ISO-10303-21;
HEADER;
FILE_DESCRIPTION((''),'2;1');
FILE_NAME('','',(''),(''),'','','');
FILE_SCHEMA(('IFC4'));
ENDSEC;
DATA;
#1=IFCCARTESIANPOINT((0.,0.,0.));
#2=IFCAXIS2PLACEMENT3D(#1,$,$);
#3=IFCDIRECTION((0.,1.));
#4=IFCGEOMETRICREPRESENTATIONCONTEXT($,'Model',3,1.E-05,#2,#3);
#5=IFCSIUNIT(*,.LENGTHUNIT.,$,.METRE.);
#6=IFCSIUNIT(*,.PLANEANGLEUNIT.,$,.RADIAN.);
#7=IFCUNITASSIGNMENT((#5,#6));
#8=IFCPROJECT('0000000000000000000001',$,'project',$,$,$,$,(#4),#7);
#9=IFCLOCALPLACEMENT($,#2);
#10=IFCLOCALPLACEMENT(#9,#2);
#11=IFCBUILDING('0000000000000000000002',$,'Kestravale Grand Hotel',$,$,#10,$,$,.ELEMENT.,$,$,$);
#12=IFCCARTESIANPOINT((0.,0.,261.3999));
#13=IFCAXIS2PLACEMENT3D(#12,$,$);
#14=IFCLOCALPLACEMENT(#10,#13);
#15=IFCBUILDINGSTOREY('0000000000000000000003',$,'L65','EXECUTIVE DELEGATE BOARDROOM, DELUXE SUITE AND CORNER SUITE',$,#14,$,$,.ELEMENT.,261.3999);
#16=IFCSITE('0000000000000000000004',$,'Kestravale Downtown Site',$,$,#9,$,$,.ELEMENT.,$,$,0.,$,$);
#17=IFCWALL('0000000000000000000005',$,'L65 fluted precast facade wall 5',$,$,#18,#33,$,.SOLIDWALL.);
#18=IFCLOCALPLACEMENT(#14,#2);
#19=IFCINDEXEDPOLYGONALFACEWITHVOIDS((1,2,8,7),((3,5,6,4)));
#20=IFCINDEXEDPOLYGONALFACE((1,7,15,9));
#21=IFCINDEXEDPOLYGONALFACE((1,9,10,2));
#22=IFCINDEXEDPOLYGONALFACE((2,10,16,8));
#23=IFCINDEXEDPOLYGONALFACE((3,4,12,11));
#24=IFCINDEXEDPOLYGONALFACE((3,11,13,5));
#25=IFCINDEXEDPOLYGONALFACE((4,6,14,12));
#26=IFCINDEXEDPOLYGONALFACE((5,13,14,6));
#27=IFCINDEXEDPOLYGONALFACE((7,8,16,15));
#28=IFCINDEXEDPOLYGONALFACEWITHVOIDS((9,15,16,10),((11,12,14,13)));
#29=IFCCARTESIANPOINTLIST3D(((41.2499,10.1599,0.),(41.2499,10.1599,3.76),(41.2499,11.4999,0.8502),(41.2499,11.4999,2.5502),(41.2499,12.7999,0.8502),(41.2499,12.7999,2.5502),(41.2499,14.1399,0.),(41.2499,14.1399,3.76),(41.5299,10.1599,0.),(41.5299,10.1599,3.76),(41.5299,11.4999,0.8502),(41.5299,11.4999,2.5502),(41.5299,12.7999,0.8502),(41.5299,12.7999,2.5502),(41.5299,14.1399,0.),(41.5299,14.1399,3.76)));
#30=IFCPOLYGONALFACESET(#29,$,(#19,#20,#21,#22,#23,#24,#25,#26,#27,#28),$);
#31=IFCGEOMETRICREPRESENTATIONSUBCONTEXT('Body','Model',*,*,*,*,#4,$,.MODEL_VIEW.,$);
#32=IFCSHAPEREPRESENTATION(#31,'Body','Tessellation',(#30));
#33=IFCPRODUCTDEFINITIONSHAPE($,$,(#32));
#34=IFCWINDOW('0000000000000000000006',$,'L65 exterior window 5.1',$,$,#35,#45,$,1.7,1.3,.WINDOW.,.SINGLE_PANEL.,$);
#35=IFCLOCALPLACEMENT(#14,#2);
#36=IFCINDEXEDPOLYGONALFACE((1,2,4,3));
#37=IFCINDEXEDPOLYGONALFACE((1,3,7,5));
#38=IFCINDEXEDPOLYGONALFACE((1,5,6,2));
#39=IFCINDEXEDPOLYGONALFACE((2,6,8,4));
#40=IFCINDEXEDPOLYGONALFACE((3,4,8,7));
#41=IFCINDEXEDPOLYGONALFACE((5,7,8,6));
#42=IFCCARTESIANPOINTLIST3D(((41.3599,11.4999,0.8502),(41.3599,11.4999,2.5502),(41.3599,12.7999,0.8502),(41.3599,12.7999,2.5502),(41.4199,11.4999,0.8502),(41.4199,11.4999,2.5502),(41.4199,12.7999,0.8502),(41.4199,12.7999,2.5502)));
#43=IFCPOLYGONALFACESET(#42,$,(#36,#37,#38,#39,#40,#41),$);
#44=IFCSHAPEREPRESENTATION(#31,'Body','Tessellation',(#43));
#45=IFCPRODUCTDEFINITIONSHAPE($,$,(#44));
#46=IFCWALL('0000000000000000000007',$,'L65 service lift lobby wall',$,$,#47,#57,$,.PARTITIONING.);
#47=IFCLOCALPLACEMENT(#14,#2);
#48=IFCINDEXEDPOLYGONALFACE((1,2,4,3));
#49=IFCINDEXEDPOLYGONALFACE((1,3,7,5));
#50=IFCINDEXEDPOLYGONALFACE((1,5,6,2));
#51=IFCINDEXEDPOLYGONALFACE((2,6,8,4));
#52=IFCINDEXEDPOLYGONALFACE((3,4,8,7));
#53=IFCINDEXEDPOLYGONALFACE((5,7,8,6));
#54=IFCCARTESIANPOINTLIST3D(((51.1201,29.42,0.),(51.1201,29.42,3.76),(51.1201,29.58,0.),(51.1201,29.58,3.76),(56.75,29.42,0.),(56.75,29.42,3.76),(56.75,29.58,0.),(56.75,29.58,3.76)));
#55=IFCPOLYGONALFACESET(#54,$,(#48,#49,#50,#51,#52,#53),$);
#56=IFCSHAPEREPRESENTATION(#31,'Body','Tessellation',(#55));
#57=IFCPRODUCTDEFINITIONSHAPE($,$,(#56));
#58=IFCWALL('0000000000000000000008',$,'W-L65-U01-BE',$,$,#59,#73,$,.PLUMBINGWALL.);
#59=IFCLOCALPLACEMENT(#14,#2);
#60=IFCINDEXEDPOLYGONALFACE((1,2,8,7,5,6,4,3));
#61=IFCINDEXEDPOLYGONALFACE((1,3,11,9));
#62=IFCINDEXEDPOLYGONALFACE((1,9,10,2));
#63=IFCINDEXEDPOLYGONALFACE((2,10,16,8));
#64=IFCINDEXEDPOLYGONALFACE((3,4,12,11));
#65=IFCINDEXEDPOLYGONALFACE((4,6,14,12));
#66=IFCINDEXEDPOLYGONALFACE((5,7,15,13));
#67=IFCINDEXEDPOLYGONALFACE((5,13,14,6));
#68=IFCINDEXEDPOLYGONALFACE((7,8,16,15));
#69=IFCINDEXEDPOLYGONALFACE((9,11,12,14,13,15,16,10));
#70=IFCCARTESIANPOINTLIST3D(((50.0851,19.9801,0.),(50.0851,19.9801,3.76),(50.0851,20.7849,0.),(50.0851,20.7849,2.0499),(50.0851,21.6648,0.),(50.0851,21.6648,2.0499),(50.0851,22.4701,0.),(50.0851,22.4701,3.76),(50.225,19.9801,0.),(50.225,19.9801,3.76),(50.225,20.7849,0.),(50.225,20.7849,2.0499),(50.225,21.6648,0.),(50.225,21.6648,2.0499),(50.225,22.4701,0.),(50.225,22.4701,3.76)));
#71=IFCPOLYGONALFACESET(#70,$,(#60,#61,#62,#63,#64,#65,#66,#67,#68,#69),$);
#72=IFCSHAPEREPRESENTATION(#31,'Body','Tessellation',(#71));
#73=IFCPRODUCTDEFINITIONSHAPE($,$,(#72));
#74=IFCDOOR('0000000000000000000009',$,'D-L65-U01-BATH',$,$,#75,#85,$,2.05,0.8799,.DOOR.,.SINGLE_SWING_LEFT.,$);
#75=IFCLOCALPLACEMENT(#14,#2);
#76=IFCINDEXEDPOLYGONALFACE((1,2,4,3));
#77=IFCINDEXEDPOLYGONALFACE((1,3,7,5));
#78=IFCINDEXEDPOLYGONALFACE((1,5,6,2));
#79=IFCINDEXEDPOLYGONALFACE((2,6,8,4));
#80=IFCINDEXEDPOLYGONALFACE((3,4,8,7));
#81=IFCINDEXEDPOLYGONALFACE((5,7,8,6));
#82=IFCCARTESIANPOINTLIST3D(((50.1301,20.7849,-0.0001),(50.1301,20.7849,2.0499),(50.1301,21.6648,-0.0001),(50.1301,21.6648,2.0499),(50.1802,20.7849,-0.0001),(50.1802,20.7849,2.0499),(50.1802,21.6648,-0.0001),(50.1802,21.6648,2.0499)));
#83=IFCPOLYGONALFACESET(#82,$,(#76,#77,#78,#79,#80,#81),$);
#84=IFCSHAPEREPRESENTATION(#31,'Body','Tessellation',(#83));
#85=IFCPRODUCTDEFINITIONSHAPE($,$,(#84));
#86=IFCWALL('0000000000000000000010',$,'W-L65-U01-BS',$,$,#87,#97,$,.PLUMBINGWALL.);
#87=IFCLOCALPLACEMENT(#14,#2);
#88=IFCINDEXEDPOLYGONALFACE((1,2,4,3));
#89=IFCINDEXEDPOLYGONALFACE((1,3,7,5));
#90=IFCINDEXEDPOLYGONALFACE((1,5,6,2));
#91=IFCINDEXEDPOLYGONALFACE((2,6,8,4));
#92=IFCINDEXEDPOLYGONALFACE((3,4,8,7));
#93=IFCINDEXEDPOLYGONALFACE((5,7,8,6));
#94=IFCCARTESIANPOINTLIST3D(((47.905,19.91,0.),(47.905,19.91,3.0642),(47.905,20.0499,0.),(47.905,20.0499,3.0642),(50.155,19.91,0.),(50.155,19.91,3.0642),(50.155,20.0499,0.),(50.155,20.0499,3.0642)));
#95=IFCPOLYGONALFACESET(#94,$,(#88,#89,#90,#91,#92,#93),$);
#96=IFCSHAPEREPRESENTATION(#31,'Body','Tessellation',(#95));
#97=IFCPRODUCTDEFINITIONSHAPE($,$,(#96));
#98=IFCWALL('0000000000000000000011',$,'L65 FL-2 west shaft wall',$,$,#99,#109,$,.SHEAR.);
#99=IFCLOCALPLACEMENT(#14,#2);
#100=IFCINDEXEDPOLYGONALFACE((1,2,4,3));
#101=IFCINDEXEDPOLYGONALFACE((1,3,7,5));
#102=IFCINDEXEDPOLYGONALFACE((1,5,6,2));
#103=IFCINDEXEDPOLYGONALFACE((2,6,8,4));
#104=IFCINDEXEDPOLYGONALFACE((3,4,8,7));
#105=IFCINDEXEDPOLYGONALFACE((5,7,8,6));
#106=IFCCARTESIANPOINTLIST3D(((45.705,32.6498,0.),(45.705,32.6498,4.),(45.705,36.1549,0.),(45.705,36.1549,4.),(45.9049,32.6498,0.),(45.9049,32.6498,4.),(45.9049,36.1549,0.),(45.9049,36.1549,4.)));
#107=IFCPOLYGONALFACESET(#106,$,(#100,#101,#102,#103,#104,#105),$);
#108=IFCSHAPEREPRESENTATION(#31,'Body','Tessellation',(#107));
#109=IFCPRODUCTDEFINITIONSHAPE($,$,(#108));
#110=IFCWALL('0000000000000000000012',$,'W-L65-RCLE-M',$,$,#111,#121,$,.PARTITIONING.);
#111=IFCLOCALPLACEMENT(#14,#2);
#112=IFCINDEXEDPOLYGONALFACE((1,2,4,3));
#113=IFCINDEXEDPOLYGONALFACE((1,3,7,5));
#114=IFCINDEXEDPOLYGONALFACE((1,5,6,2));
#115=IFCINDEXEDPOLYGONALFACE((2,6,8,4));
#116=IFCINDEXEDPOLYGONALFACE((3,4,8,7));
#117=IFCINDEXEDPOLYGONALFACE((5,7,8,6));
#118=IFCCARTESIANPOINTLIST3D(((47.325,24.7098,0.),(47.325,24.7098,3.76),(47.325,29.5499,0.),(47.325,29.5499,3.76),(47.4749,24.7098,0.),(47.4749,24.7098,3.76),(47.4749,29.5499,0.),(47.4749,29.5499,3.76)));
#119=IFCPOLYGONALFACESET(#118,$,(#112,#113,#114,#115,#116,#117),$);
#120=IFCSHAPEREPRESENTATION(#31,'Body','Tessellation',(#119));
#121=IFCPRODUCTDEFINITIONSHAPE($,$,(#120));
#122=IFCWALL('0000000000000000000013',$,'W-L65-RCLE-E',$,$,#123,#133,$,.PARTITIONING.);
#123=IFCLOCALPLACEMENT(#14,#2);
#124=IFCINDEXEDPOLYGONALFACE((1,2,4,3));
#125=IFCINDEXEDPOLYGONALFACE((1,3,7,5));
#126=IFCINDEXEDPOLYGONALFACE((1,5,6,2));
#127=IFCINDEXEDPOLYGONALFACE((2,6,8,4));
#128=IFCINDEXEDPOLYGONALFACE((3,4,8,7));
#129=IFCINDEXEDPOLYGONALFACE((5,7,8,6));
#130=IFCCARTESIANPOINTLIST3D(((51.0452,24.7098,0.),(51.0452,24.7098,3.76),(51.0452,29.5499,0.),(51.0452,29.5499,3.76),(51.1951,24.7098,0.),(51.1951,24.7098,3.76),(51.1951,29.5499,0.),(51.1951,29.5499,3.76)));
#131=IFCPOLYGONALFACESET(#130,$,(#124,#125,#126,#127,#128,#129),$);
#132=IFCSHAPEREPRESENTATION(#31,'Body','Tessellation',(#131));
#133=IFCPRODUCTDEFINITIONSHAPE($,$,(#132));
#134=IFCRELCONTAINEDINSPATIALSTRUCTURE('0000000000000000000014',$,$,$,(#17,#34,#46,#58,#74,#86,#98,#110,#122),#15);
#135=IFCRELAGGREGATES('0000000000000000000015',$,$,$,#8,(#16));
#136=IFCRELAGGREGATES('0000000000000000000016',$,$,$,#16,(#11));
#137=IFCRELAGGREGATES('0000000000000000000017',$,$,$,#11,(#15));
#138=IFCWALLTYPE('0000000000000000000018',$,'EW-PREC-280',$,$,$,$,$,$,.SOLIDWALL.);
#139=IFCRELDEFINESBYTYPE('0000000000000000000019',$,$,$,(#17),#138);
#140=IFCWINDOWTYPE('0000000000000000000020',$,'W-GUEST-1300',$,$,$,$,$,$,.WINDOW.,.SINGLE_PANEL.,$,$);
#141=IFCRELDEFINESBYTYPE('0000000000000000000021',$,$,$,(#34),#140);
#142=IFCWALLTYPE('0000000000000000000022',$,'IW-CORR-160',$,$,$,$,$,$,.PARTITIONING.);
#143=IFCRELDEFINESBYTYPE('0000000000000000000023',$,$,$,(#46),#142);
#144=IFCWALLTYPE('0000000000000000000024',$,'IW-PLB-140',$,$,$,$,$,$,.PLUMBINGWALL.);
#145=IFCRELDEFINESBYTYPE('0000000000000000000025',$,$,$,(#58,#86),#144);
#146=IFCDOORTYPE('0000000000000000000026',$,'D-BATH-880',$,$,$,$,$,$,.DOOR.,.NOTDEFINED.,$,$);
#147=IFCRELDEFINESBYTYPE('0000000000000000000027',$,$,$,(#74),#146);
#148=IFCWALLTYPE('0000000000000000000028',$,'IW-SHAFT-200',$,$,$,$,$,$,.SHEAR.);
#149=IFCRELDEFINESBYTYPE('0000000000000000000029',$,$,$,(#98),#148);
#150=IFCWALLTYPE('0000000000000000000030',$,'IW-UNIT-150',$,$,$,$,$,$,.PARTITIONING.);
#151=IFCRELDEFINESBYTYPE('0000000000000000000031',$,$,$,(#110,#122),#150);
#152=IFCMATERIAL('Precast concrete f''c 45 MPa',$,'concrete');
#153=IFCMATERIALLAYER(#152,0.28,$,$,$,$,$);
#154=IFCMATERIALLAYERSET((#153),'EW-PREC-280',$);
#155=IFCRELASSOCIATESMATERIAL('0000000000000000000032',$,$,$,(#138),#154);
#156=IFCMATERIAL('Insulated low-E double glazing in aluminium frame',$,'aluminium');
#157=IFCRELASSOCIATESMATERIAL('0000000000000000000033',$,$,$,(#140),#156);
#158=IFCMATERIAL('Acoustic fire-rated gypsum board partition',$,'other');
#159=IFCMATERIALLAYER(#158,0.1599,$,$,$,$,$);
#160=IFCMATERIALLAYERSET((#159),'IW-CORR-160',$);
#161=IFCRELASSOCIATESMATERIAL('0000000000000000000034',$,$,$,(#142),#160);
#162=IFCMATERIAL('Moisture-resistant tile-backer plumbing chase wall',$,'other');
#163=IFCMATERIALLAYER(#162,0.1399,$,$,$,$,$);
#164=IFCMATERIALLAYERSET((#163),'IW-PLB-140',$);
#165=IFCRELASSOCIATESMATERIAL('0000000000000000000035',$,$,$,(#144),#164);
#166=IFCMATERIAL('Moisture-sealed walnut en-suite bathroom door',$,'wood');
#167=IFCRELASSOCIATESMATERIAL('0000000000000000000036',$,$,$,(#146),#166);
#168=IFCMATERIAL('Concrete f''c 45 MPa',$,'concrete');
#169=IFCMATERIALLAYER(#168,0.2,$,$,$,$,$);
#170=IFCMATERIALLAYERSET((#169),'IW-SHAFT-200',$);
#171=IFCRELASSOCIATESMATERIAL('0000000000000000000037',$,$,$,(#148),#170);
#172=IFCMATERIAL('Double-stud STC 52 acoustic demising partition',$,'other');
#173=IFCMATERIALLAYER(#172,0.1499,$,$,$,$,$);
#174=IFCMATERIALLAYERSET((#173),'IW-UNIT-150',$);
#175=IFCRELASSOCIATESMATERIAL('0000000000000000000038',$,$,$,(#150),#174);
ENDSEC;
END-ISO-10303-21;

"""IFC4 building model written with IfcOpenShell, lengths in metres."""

from ifc_helpers import new_model, si_unit, direction, frame, frame_2d, origin, place, context, subcontext, project, spatial, rectangle, extrude, material, layer, layer_set, type_object, element, fill, save


model = new_model("IFC4")

# Units and contexts
model_context = context("Model", 3, precision=1e-05, world=origin(), true_north=direction((0.0, 1.0)))
body_context = subcontext(model_context, "Body", "Model", "MODEL_VIEW")
ifc_project = project(units=[si_unit("LENGTHUNIT", "METRE"), si_unit("PLANEANGLEUNIT", "RADIAN")], contexts=[model_context])

# Site, building, storey
site_placement = place(None, origin())
site = spatial("IfcSite", under=ifc_project, at=site_placement, Name="Kestravale Downtown Site", CompositionType="ELEMENT", RefElevation=0.0)
building_placement = place(site_placement, origin())
building = spatial("IfcBuilding", under=site, at=building_placement, Name="Kestravale Grand Hotel", CompositionType="ELEMENT")
storey_placement = place(building_placement, frame((0.0, 0.0, 261.3999)))
storey = spatial("IfcBuildingStorey", under=building, at=storey_placement, Name="L65", Description="EXECUTIVE DELEGATE BOARDROOM, DELUXE SUITE AND CORNER SUITE", CompositionType="ELEMENT", Elevation=261.3999)

# Wall, opening, window
ifc_material_1 = material(Name="Precast concrete f'c 45 MPa", Category="concrete")
ifc_layer_1 = layer(ifc_material_1, 0.28)
ifc_layer_set_1 = layer_set([ifc_layer_1], Name="EW-PREC-280")
wall_type_1 = type_object("IfcWallType", Name="EW-PREC-280", PredefinedType="SOLIDWALL", material=ifc_layer_set_1)
wall_1_placement = place(storey_placement, frame((41.3899, 14.1399, 0.0), z_axis=(0.0, 0.0, 1.0), x_axis=(0.0, -1.0, 0.0)))
wall_1 = element("IfcWall", 1, at=wall_1_placement, inside=storey, type_object=wall_type_1, Name="L65 fluted precast facade wall 5", PredefinedType="SOLIDWALL", context=body_context, shape_type="SweptSolid", body=[
    extrude(rectangle(XDim=3.98, YDim=0.28, at=frame_2d((1.99, 0.0))), origin(), (0.0, 0.0, 1.0), 3.76),
])
opening_1_placement = place(wall_1_placement, frame((1.3401, 0.0, 0.8501)))
opening_1 = element("IfcOpeningElement", 2, at=opening_1_placement, cuts=wall_1, PredefinedType="OPENING", context=body_context, shape_type="SweptSolid", body=[
    extrude(rectangle(XDim=1.3, YDim=1.7, at=frame_2d((0.6499, 0.8501))), frame((0.0, 0.1499, 0.0), z_axis=(0.0, -1.0, 0.0), x_axis=(1.0, 0.0, 0.0)), (0.0, 0.0, 1.0), 0.3),
])
ifc_material_2 = material(Name="Insulated low-E double glazing in aluminium frame", Category="aluminium")
window_type = type_object("IfcWindowType", Name="W-GUEST-1300", PartitioningType="SINGLE_PANEL", PredefinedType="WINDOW", material=ifc_material_2)
window_placement = place(opening_1_placement, origin())
window = element("IfcWindow", 3, at=window_placement, inside=storey, type_object=window_type, Name="L65 exterior window 5.1", OverallHeight=1.7, OverallWidth=1.3, PartitioningType="SINGLE_PANEL", PredefinedType="WINDOW", context=body_context, shape_type="SweptSolid", body=[
    extrude(rectangle(XDim=1.3, YDim=1.7, at=frame_2d((0.6499, 0.8501))), frame((0.0, 0.03, 0.0), z_axis=(0.0, -1.0, 0.0), x_axis=(1.0, 0.0, 0.0)), (0.0, 0.0, 1.0), 0.0601),
])
fill(opening_1, window)

# Shared definitions
ifc_material_3 = material(Name="Acoustic fire-rated gypsum board partition", Category="other")
ifc_layer_2 = layer(ifc_material_3, 0.1599)
ifc_layer_set_2 = layer_set([ifc_layer_2], Name="IW-CORR-160")
wall_type_2 = type_object("IfcWallType", Name="IW-CORR-160", PredefinedType="PARTITIONING", material=ifc_layer_set_2)

# Wall
wall_2_placement = place(storey_placement, frame((51.1201, 29.5, 0.0), z_axis=(0.0, 0.0, 1.0), x_axis=(1.0, 0.0, 0.0)))
element("IfcWall", 4, at=wall_2_placement, inside=storey, type_object=wall_type_2, Name="L65 service lift lobby wall", PredefinedType="PARTITIONING", context=body_context, shape_type="SweptSolid", body=[
    extrude(rectangle(XDim=5.6299, YDim=0.1599, at=frame_2d((2.8149, 0.0))), origin(), (0.0, 0.0, 1.0), 3.76),
])

# Wall, opening, door
ifc_material_4 = material(Name="Moisture-resistant tile-backer plumbing chase wall", Category="other")
ifc_layer_3 = layer(ifc_material_4, 0.1399)
ifc_layer_set_3 = layer_set([ifc_layer_3], Name="IW-PLB-140")
wall_type_3 = type_object("IfcWallType", Name="IW-PLB-140", PredefinedType="PLUMBINGWALL", material=ifc_layer_set_3)
wall_3_placement = place(storey_placement, frame((50.155, 19.98, 0.0), z_axis=(0.0, 0.0, 1.0), x_axis=(0.0, 1.0, 0.0)))
wall_3 = element("IfcWall", 5, at=wall_3_placement, inside=storey, type_object=wall_type_3, Name="W-L65-U01-BE", PredefinedType="PLUMBINGWALL", context=body_context, shape_type="SweptSolid", body=[
    extrude(rectangle(XDim=2.49, YDim=0.1399, at=frame_2d((1.2451, 0.0))), origin(), (0.0, 0.0, 1.0), 3.76),
])
opening_2_placement = place(wall_3_placement, frame((0.8049, 0.0, 0.0)))
opening_2 = element("IfcOpeningElement", 6, at=opening_2_placement, cuts=wall_3, PredefinedType="OPENING", context=body_context, shape_type="SweptSolid", body=[
    extrude(rectangle(XDim=0.8799, YDim=2.05, at=frame_2d((0.4399, 1.0249))), frame((0.0, 0.0798, 0.0), z_axis=(0.0, -1.0, 0.0), x_axis=(1.0, 0.0, 0.0)), (0.0, 0.0, 1.0), 0.1599),
])
ifc_material_5 = material(Name="Moisture-sealed walnut en-suite bathroom door", Category="wood")
door_type_1 = type_object("IfcDoorType", Name="D-BATH-880", OperationType="NOTDEFINED", PredefinedType="DOOR", material=ifc_material_5)
door_1_placement = place(opening_2_placement, origin())
door_1 = element("IfcDoor", 7, at=door_1_placement, inside=storey, type_object=door_type_1, Name="D-L65-U01-BATH", OperationType="SINGLE_SWING_LEFT", OverallHeight=2.05, OverallWidth=0.8799, PredefinedType="DOOR", context=body_context, shape_type="SweptSolid", body=[
    extrude(rectangle(XDim=0.8799, YDim=2.05, at=frame_2d((0.4399, 1.0249))), frame((0.0, 0.0249, 0.0), z_axis=(0.0, -1.0, 0.0), x_axis=(1.0, 0.0, 0.0)), (0.0, 0.0, 1.0), 0.05),
])
fill(opening_2, door_1)

# Walls
wall_4_placement = place(storey_placement, frame((47.905, 19.98, 0.0), z_axis=(0.0, 0.0, 1.0), x_axis=(1.0, 0.0, 0.0)))
element("IfcWall", 8, at=wall_4_placement, inside=storey, type_object=wall_type_3, Name="W-L65-U01-BS", PredefinedType="PLUMBINGWALL", context=body_context, shape_type="SweptSolid", body=[
    extrude(rectangle(XDim=2.25, YDim=0.1399, at=frame_2d((1.125, 0.0))), origin(), (0.0, 0.0, 1.0), 3.0642),
])
ifc_material_6 = material(Name="Concrete f'c 45 MPa", Category="concrete")
ifc_layer_4 = layer(ifc_material_6, 0.2)
ifc_layer_set_4 = layer_set([ifc_layer_4], Name="IW-SHAFT-200")
wall_type_4 = type_object("IfcWallType", Name="IW-SHAFT-200", PredefinedType="SHEAR", material=ifc_layer_set_4)
wall_5_placement = place(storey_placement, frame((45.8049, 32.6499, 0.0), z_axis=(0.0, 0.0, 1.0), x_axis=(0.0, 1.0, 0.0)))
element("IfcWall", 9, at=wall_5_placement, inside=storey, type_object=wall_type_4, Name="L65 FL-2 west shaft wall", PredefinedType="SHEAR", context=body_context, shape_type="SweptSolid", body=[
    extrude(rectangle(XDim=3.5051, YDim=0.2, at=frame_2d((1.7524, 0.0))), origin(), (0.0, 0.0, 1.0), 4.0),
])
ifc_material_7 = material(Name="Double-stud STC 52 acoustic demising partition", Category="other")
ifc_layer_5 = layer(ifc_material_7, 0.1499)
ifc_layer_set_5 = layer_set([ifc_layer_5], Name="IW-UNIT-150")
wall_type_5 = type_object("IfcWallType", Name="IW-UNIT-150", PredefinedType="PARTITIONING", material=ifc_layer_set_5)
for number, where, z_axis, x_axis, name in (
    (10, (47.3999, 24.71, 0.0), (0.0, 0.0, 1.0), (0.0, 1.0, 0.0), "W-L65-RCLE-M"),
    (11, (51.1201, 24.71, 0.0), (0.0, 0.0, 1.0), (0.0, 1.0, 0.0), "W-L65-RCLE-E"),
):
    element("IfcWall", number, at=place(storey_placement, frame(where, z_axis=z_axis, x_axis=x_axis)), inside=storey, type_object=wall_type_5, Name=name, PredefinedType="PARTITIONING", context=body_context, shape_type="SweptSolid", body=[
        extrude(rectangle(XDim=4.8401, YDim=0.1499, at=frame_2d((2.4199, 0.0))), origin(), (0.0, 0.0, 1.0), 3.76),
    ])

save(model, "model.ifc")
